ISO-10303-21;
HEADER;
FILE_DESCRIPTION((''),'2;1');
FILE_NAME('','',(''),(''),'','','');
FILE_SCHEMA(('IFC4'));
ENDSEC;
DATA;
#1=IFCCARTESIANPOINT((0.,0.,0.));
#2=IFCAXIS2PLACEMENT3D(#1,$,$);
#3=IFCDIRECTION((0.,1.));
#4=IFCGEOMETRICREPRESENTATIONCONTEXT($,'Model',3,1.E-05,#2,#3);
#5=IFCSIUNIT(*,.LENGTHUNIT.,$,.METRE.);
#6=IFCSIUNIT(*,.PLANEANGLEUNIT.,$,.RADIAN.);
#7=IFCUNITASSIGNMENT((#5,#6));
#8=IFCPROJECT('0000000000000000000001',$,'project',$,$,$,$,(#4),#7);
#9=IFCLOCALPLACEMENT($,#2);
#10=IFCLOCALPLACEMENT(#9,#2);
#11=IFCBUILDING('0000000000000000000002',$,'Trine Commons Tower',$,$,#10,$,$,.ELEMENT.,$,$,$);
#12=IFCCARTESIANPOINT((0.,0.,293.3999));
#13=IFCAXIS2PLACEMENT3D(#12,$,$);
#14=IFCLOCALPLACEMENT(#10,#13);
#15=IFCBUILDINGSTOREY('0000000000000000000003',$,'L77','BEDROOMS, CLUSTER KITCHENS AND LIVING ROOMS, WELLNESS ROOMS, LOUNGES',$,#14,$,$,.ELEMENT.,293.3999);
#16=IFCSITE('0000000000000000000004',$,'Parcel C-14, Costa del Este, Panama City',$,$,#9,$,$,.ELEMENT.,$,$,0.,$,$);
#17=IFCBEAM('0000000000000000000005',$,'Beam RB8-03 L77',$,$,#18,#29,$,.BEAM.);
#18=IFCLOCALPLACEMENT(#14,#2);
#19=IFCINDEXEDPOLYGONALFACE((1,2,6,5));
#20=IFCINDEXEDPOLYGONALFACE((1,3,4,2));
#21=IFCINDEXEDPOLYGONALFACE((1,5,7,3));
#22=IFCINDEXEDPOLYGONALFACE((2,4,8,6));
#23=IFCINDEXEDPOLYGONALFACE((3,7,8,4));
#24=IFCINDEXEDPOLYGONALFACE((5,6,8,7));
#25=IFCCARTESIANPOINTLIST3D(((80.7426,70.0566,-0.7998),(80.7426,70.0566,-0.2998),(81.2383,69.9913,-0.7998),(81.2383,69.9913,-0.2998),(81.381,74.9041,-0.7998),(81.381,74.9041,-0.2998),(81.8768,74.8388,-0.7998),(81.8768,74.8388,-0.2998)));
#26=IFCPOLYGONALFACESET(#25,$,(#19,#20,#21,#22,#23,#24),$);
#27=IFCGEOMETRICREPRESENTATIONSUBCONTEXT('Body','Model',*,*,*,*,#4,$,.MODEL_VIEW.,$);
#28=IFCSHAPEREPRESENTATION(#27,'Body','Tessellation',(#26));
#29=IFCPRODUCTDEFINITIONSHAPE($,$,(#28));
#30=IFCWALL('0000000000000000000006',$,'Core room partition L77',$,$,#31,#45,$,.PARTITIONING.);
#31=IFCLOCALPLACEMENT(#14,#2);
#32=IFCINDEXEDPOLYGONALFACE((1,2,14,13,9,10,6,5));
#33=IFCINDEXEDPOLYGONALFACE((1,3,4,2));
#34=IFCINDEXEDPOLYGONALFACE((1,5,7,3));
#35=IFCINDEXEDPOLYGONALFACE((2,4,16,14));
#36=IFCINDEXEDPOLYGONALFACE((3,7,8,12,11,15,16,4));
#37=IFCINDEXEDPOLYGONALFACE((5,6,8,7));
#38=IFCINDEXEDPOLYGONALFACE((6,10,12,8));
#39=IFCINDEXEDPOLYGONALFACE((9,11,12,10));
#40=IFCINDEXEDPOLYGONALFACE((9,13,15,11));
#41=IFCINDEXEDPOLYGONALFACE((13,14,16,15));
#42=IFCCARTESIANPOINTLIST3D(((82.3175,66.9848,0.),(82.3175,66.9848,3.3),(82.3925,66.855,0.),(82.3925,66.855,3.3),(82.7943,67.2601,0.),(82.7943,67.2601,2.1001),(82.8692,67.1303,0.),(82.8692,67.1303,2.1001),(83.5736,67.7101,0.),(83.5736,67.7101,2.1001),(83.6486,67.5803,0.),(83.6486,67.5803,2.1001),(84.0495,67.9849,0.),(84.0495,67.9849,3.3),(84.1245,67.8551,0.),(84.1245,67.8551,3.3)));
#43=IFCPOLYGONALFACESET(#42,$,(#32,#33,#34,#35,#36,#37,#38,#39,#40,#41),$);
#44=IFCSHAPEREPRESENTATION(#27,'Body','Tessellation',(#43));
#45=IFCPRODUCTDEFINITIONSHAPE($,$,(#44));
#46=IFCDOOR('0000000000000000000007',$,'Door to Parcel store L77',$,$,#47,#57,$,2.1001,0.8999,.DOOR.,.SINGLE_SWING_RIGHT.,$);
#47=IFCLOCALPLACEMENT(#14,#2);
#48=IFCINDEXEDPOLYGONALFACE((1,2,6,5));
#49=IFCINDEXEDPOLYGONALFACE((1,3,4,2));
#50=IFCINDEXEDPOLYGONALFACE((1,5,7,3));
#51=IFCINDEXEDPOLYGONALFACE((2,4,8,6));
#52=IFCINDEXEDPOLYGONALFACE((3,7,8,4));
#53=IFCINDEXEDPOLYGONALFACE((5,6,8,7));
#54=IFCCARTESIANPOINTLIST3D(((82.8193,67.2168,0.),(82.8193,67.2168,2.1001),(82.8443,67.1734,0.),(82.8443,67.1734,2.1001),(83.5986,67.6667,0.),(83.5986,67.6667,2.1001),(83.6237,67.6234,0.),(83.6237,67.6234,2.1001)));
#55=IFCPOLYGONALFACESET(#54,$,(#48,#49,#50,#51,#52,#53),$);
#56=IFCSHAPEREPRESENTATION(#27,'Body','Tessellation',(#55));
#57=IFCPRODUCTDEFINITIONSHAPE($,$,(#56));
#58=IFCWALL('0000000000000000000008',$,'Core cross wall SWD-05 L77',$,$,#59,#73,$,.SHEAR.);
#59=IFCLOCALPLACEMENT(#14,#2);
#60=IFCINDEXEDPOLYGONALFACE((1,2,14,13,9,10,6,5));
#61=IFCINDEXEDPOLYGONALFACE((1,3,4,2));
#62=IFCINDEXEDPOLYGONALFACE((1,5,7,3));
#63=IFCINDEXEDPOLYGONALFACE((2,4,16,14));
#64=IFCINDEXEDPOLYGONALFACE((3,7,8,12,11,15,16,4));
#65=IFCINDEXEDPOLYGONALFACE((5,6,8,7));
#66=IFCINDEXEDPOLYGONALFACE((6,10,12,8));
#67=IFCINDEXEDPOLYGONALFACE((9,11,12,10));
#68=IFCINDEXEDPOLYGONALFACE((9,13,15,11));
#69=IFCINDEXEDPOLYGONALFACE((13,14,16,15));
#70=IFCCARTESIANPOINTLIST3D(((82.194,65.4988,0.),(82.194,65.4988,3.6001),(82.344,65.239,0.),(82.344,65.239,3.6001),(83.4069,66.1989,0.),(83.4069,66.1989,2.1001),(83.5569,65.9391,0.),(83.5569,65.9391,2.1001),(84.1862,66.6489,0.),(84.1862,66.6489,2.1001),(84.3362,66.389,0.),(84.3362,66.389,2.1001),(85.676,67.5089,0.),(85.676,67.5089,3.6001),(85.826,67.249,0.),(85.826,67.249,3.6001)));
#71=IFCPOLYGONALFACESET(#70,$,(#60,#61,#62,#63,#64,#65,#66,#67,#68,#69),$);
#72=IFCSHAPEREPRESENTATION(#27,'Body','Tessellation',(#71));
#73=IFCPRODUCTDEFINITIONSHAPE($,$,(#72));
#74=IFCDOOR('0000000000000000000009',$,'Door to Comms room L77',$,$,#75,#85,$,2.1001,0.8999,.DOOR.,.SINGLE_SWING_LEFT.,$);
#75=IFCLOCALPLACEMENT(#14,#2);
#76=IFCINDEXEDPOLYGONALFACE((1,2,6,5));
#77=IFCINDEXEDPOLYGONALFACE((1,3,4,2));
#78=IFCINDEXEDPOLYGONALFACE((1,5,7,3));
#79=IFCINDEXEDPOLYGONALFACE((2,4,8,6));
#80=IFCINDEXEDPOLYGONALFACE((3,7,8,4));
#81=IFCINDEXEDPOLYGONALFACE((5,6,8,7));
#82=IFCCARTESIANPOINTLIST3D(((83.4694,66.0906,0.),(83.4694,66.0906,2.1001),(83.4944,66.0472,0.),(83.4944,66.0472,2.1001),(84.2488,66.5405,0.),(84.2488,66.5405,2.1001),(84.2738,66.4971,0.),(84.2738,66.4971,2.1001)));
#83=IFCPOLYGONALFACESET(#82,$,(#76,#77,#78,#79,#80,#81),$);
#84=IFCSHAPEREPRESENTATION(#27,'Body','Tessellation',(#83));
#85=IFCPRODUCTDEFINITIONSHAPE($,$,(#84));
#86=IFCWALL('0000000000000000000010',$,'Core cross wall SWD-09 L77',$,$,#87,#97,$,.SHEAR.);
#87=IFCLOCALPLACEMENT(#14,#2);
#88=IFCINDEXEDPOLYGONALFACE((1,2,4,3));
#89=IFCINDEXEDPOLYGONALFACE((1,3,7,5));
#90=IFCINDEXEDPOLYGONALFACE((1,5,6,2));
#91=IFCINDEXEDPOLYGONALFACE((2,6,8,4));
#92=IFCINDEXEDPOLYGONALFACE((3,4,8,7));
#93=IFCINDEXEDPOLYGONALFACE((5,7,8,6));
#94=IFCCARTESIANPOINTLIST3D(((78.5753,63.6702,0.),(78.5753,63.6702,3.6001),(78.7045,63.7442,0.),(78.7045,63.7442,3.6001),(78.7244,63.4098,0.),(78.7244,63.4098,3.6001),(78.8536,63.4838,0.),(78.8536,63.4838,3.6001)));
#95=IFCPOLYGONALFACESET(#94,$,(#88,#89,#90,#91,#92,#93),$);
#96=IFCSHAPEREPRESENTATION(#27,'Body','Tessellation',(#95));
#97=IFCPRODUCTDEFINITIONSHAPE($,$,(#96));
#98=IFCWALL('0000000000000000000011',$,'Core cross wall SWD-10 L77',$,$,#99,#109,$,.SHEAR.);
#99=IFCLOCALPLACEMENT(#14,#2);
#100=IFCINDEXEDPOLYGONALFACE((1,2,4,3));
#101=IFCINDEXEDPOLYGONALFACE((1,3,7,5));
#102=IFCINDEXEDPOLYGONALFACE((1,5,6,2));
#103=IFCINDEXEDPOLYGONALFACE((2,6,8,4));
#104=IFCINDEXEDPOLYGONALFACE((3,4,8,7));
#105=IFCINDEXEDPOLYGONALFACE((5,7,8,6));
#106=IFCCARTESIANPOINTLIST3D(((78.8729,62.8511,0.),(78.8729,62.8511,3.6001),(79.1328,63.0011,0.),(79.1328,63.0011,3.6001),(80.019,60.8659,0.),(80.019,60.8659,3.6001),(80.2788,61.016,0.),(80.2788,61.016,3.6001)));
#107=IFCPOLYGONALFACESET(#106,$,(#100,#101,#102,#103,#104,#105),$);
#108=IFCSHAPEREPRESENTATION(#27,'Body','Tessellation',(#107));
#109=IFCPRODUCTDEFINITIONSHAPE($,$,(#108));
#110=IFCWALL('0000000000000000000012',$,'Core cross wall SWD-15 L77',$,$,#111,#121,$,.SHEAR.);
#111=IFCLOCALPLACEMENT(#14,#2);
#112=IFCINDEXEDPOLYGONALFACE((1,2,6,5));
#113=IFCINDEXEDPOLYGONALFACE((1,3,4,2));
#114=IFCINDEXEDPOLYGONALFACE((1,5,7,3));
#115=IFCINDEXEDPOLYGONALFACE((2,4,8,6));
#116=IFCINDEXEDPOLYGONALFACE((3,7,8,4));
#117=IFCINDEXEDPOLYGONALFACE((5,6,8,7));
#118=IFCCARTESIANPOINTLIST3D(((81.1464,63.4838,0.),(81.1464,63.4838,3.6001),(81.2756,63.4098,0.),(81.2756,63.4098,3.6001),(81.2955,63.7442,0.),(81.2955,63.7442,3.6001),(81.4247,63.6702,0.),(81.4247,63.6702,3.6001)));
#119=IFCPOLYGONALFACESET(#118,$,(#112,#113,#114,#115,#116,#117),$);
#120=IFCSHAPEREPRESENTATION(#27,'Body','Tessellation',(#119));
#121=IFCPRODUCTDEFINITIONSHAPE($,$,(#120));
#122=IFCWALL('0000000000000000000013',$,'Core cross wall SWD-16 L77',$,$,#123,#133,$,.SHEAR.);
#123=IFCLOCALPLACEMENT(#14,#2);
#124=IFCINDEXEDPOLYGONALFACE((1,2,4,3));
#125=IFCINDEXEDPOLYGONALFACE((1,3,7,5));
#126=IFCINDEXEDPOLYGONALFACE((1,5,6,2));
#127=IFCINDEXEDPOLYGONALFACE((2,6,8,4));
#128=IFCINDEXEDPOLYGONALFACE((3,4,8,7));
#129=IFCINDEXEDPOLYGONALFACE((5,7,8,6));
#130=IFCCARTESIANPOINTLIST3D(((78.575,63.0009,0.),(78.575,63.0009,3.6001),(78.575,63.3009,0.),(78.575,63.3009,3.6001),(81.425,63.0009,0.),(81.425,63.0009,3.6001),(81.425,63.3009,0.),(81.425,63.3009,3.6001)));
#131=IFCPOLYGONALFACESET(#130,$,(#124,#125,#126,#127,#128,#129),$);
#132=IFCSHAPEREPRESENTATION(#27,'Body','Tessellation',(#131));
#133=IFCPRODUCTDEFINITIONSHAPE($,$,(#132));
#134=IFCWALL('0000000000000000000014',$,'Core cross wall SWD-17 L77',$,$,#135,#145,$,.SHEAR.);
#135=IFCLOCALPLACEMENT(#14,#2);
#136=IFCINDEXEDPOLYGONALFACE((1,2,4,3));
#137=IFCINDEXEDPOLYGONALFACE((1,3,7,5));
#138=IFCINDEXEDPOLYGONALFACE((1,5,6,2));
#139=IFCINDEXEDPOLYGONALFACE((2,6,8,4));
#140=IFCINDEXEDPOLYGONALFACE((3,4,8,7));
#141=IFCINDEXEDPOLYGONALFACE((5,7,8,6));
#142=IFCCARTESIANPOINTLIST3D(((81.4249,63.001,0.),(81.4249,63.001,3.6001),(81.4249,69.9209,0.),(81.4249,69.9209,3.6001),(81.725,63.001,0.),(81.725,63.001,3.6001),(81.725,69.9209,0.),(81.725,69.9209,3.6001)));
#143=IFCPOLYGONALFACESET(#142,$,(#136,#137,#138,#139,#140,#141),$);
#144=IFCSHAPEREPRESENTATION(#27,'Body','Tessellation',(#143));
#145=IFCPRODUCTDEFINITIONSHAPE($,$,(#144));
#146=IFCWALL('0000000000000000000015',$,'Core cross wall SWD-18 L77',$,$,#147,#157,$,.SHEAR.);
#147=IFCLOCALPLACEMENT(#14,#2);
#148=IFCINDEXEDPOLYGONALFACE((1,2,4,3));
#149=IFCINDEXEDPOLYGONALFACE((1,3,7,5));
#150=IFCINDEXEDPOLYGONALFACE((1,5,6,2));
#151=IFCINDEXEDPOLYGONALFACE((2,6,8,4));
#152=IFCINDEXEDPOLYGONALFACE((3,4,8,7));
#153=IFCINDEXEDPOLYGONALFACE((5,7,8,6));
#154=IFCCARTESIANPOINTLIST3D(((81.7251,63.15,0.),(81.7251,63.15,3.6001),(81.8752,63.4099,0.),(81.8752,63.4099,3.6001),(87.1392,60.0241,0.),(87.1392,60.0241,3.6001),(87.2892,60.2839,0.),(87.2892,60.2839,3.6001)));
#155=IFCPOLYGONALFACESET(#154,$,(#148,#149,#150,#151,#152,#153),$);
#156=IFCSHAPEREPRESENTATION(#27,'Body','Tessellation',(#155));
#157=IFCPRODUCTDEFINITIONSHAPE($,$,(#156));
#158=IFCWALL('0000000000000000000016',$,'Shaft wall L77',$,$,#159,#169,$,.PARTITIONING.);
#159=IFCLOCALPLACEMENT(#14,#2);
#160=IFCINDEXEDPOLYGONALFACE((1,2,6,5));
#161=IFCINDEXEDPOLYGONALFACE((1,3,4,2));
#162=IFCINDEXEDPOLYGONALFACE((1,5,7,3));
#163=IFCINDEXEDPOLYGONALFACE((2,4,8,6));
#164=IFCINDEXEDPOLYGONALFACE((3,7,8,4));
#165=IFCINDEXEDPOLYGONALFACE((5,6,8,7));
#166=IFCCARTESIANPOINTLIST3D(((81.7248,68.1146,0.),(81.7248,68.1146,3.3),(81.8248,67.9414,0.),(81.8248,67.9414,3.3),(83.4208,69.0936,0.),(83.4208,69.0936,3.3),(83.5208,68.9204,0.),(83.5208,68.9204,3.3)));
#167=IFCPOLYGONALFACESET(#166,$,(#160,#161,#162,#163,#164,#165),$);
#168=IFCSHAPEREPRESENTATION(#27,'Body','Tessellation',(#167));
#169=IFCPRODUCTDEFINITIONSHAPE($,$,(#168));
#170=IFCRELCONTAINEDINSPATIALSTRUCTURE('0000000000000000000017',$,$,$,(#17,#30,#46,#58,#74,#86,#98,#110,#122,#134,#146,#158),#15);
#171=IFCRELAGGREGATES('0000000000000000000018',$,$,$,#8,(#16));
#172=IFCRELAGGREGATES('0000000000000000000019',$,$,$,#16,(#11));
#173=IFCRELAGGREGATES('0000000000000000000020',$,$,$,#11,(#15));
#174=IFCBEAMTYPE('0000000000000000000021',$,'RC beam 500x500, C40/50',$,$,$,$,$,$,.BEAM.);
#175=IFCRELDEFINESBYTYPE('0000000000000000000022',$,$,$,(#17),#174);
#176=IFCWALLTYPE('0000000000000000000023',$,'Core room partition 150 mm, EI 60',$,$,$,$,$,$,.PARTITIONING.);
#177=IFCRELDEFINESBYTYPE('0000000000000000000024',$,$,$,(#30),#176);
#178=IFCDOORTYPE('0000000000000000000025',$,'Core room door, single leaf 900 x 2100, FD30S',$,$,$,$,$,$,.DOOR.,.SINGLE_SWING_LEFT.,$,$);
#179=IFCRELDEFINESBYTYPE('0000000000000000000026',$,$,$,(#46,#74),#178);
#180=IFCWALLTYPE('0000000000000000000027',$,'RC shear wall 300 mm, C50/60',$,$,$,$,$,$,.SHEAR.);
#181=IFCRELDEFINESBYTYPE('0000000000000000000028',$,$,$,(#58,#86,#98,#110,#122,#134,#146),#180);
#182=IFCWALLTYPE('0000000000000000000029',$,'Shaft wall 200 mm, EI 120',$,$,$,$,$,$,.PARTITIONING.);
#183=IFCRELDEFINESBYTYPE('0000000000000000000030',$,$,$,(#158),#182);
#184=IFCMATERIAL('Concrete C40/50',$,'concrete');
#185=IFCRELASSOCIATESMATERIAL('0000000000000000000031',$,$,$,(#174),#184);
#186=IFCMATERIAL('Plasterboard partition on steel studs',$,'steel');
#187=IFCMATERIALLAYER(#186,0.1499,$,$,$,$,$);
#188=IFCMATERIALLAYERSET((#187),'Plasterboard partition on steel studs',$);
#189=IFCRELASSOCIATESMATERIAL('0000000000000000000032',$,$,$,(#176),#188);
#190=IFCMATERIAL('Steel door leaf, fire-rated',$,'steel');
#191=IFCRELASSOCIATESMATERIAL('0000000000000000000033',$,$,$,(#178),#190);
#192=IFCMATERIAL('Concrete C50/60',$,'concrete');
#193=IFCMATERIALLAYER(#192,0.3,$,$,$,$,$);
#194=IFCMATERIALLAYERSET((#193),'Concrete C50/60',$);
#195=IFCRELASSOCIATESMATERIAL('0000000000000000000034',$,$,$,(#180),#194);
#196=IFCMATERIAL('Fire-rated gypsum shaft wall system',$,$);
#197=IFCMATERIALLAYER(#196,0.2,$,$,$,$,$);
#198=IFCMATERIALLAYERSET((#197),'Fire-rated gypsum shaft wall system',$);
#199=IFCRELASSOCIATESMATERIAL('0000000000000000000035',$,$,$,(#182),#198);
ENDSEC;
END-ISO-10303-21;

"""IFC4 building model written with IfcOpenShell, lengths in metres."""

from ifc_helpers import new_model, si_unit, direction, frame, frame_2d, origin, origin_2d, place, context, subcontext, project, spatial, rectangle, extrude, material, layer, layer_set, material_profile, profile_set, type_object, element, fill, save


model = new_model("IFC4")

# Units and contexts
model_context = context("Model", 3, precision=1e-05, world=origin(), true_north=direction((0.0, 1.0)))
body_context = subcontext(model_context, "Body", "Model", "MODEL_VIEW")
ifc_project = project(units=[si_unit("LENGTHUNIT", "METRE"), si_unit("PLANEANGLEUNIT", "RADIAN")], contexts=[model_context])

# Site, building, storey
site_placement = place(None, origin())
site = spatial("IfcSite", under=ifc_project, at=site_placement, Name="Parcel C-14, Costa del Este, Panama City", CompositionType="ELEMENT", RefElevation=0.0)
building_placement = place(site_placement, origin())
building = spatial("IfcBuilding", under=site, at=building_placement, Name="Trine Commons Tower", CompositionType="ELEMENT")
storey_placement = place(building_placement, frame((0.0, 0.0, 293.3999)))
storey = spatial("IfcBuildingStorey", under=building, at=storey_placement, Name="L77", Description="BEDROOMS, CLUSTER KITCHENS AND LIVING ROOMS, WELLNESS ROOMS, LOUNGES", CompositionType="ELEMENT", Elevation=293.3999)

# Beam
ifc_material_1 = material(Name="Concrete C40/50", Category="concrete")
ifc_material_profile = material_profile(ifc_material_1, rectangle(XDim=0.5, YDim=0.5, at=origin_2d()), Name="RC 500x500")
ifc_profile_set = profile_set([ifc_material_profile], Name="Concrete C40/50")
beam_type = type_object("IfcBeamType", Name="RC beam 500x500, C40/50", PredefinedType="BEAM", material=ifc_profile_set)
beam_placement = place(storey_placement, frame((80.9905, 70.0239, -0.5498), z_axis=(0.130571, 0.991439, 0.0), x_axis=(-0.991439, 0.130571, 0.0)))
element("IfcBeam", 1, at=beam_placement, inside=storey, type_object=beam_type, Name="Beam RB8-03 L77", PredefinedType="BEAM", context=body_context, shape_type="SweptSolid", body=[
    extrude(rectangle(XDim=0.5, YDim=0.5, at=origin_2d()), origin(), (0.0, 0.0, 1.0), 4.8894),
])

# Walls, openings, doors
ifc_material_2 = material(Name="Plasterboard partition on steel studs", Category="steel")
ifc_layer_1 = layer(ifc_material_2, 0.1499)
ifc_layer_set_1 = layer_set([ifc_layer_1], Name="Plasterboard partition on steel studs")
wall_type_1 = type_object("IfcWallType", Name="Core room partition 150 mm, EI 60", PredefinedType="PARTITIONING", material=ifc_layer_set_1)
wall_1_placement = place(storey_placement, frame((82.355, 66.9199, 0.0), z_axis=(0.0, 0.0, 1.0), x_axis=(0.866011, 0.500025, 0.0)))
wall_1 = element("IfcWall", 2, at=wall_1_placement, inside=storey, type_object=wall_type_1, Name="Core room partition L77", PredefinedType="PARTITIONING", context=body_context, shape_type="SweptSolid", body=[
    extrude(rectangle(XDim=2.0, YDim=0.1499, at=frame_2d((1.0, 0.0))), origin(), (0.0, 0.0, 1.0), 3.3),
])
opening_1_placement = place(wall_1_placement, frame((0.5505, 0.0, 0.0)))
opening_1 = element("IfcOpeningElement", 3, at=opening_1_placement, cuts=wall_1, PredefinedType="OPENING", context=body_context, shape_type="SweptSolid", body=[
    extrude(rectangle(XDim=0.8999, YDim=2.1001, at=frame_2d((0.45, 1.05))), frame((0.0, 0.085, 0.0), z_axis=(0.0, -1.0, 0.0), x_axis=(1.0, 0.0, 0.0)), (0.0, 0.0, 1.0), 0.1699),
])
ifc_material_3 = material(Name="Steel door leaf, fire-rated", Category="steel")
door_type = type_object("IfcDoorType", Name="Core room door, single leaf 900 x 2100, FD30S", OperationType="SINGLE_SWING_LEFT", PredefinedType="DOOR", material=ifc_material_3)
door_1_placement = place(opening_1_placement, origin())
door_1 = element("IfcDoor", 4, at=door_1_placement, inside=storey, type_object=door_type, Name="Door to Parcel store L77", OperationType="SINGLE_SWING_RIGHT", OverallHeight=2.1001, OverallWidth=0.8999, PredefinedType="DOOR", context=body_context, shape_type="SweptSolid", body=[
    extrude(rectangle(XDim=0.8999, YDim=2.1001, at=frame_2d((0.45, 1.05))), frame((0.0, 0.0249, 0.0), z_axis=(0.0, -1.0, 0.0), x_axis=(1.0, 0.0, 0.0)), (0.0, 0.0, 1.0), 0.05),
])
fill(opening_1, door_1)
ifc_material_4 = material(Name="Concrete C50/60", Category="concrete")
ifc_layer_2 = layer(ifc_material_4, 0.3)
ifc_layer_set_2 = layer_set([ifc_layer_2], Name="Concrete C50/60")
wall_type_2 = type_object("IfcWallType", Name="RC shear wall 300 mm, C50/60", PredefinedType="SHEAR", material=ifc_layer_set_2)
wall_2_placement = place(storey_placement, frame((82.269, 65.3689, 0.0), z_axis=(0.0, 0.0, 1.0), x_axis=(0.866056, 0.499947, 0.0)))
wall_2 = element("IfcWall", 5, at=wall_2_placement, inside=storey, type_object=wall_type_2, Name="Core cross wall SWD-05 L77", PredefinedType="SHEAR", context=body_context, shape_type="SweptSolid", body=[
    extrude(rectangle(XDim=4.0205, YDim=0.3, at=frame_2d((2.0103, 0.0))), origin(), (0.0, 0.0, 1.0), 3.6001),
])
opening_2_placement = place(wall_2_placement, frame((1.4004, 0.0, 0.0)))
opening_2 = element("IfcOpeningElement", 6, at=opening_2_placement, cuts=wall_2, PredefinedType="OPENING", context=body_context, shape_type="SweptSolid", body=[
    extrude(rectangle(XDim=0.8999, YDim=2.1001, at=frame_2d((0.45, 1.05))), frame((0.0, 0.1599, 0.0), z_axis=(0.0, -1.0, 0.0), x_axis=(1.0, 0.0, 0.0)), (0.0, 0.0, 1.0), 0.3201),
])
door_2_placement = place(opening_2_placement, origin())
door_2 = element("IfcDoor", 7, at=door_2_placement, inside=storey, type_object=door_type, Name="Door to Comms room L77", OperationType="SINGLE_SWING_LEFT", OverallHeight=2.1001, OverallWidth=0.8999, PredefinedType="DOOR", context=body_context, shape_type="SweptSolid", body=[
    extrude(rectangle(XDim=0.8999, YDim=2.1001, at=frame_2d((0.45, 1.05))), frame((0.0, 0.0249, 0.0), z_axis=(0.0, -1.0, 0.0), x_axis=(1.0, 0.0, 0.0)), (0.0, 0.0, 1.0), 0.05),
])
fill(opening_2, door_2)

# Walls
wall_3_placement = place(storey_placement, frame((78.7791, 63.614, 0.0), z_axis=(0.0, 0.0, 1.0), x_axis=(-0.867738, -0.497022, 0.0)))
element("IfcWall", 8, at=wall_3_placement, inside=storey, type_object=wall_type_2, Name="Core cross wall SWD-09 L77", PredefinedType="SHEAR", context=body_context, shape_type="SweptSolid", body=[
    extrude(rectangle(XDim=0.1489, YDim=0.3, at=frame_2d((0.0745, 0.0))), origin(), (0.0, 0.0, 1.0), 3.6001),
])
wall_4_placement = place(storey_placement, frame((79.0029, 62.926, 0.0), z_axis=(0.0, 0.0, 1.0), x_axis=(0.499965, -0.866045, 0.0)))
element("IfcWall", 9, at=wall_4_placement, inside=storey, type_object=wall_type_2, Name="Core cross wall SWD-10 L77", PredefinedType="SHEAR", context=body_context, shape_type="SweptSolid", body=[
    extrude(rectangle(XDim=2.2922, YDim=0.3, at=frame_2d((1.146, 0.0))), origin(), (0.0, 0.0, 1.0), 3.6001),
])
wall_5_placement = place(storey_placement, frame((81.2209, 63.614, 0.0), z_axis=(0.0, 0.0, 1.0), x_axis=(0.867738, -0.497022, 0.0)))
element("IfcWall", 10, at=wall_5_placement, inside=storey, type_object=wall_type_2, Name="Core cross wall SWD-15 L77", PredefinedType="SHEAR", context=body_context, shape_type="SweptSolid", body=[
    extrude(rectangle(XDim=0.1489, YDim=0.3, at=frame_2d((0.0745, 0.0))), origin(), (0.0, 0.0, 1.0), 3.6001),
])
wall_6_placement = place(storey_placement, frame((81.425, 63.1509, 0.0), z_axis=(0.0, 0.0, 1.0), x_axis=(-1.0, 0.0, 0.0)))
element("IfcWall", 11, at=wall_6_placement, inside=storey, type_object=wall_type_2, Name="Core cross wall SWD-16 L77", PredefinedType="SHEAR", context=body_context, shape_type="SweptSolid", body=[
    extrude(rectangle(XDim=2.8501, YDim=0.3, at=frame_2d((1.425, 0.0))), origin(), (0.0, 0.0, 1.0), 3.6001),
])
wall_7_placement = place(storey_placement, frame((81.575, 63.001, 0.0), z_axis=(0.0, 0.0, 1.0), x_axis=(0.0, 1.0, 0.0)))
element("IfcWall", 12, at=wall_7_placement, inside=storey, type_object=wall_type_2, Name="Core cross wall SWD-17 L77", PredefinedType="SHEAR", context=body_context, shape_type="SweptSolid", body=[
    extrude(rectangle(XDim=6.9199, YDim=0.3, at=frame_2d((3.46, 0.0))), origin(), (0.0, 0.0, 1.0), 3.6001),
])
wall_8_placement = place(storey_placement, frame((81.8, 63.28, 0.0), z_axis=(0.0, 0.0, 1.0), x_axis=(0.866014, -0.50002, 0.0)))
element("IfcWall", 13, at=wall_8_placement, inside=storey, type_object=wall_type_2, Name="Core cross wall SWD-18 L77", PredefinedType="SHEAR", context=body_context, shape_type="SweptSolid", body=[
    extrude(rectangle(XDim=6.2517, YDim=0.3, at=frame_2d((3.126, 0.0))), origin(), (0.0, 0.0, 1.0), 3.6001),
])
ifc_material_5 = material(Name="Fire-rated gypsum shaft wall system")
ifc_layer_3 = layer(ifc_material_5, 0.2)
ifc_layer_set_3 = layer_set([ifc_layer_3], Name="Fire-rated gypsum shaft wall system")
wall_type_3 = type_object("IfcWallType", Name="Shaft wall 200 mm, EI 120", PredefinedType="PARTITIONING", material=ifc_layer_set_3)
wall_9_placement = place(storey_placement, frame((81.7749, 68.0281, 0.0), z_axis=(0.0, 0.0, 1.0), x_axis=(0.866071, 0.49992, 0.0)))
element("IfcWall", 14, at=wall_9_placement, inside=storey, type_object=wall_type_3, Name="Shaft wall L77", PredefinedType="PARTITIONING", context=body_context, shape_type="SweptSolid", body=[
    extrude(rectangle(XDim=1.9583, YDim=0.2, at=frame_2d((0.979, 0.0))), origin(), (0.0, 0.0, 1.0), 3.3),
])

save(model, "model.ifc")
